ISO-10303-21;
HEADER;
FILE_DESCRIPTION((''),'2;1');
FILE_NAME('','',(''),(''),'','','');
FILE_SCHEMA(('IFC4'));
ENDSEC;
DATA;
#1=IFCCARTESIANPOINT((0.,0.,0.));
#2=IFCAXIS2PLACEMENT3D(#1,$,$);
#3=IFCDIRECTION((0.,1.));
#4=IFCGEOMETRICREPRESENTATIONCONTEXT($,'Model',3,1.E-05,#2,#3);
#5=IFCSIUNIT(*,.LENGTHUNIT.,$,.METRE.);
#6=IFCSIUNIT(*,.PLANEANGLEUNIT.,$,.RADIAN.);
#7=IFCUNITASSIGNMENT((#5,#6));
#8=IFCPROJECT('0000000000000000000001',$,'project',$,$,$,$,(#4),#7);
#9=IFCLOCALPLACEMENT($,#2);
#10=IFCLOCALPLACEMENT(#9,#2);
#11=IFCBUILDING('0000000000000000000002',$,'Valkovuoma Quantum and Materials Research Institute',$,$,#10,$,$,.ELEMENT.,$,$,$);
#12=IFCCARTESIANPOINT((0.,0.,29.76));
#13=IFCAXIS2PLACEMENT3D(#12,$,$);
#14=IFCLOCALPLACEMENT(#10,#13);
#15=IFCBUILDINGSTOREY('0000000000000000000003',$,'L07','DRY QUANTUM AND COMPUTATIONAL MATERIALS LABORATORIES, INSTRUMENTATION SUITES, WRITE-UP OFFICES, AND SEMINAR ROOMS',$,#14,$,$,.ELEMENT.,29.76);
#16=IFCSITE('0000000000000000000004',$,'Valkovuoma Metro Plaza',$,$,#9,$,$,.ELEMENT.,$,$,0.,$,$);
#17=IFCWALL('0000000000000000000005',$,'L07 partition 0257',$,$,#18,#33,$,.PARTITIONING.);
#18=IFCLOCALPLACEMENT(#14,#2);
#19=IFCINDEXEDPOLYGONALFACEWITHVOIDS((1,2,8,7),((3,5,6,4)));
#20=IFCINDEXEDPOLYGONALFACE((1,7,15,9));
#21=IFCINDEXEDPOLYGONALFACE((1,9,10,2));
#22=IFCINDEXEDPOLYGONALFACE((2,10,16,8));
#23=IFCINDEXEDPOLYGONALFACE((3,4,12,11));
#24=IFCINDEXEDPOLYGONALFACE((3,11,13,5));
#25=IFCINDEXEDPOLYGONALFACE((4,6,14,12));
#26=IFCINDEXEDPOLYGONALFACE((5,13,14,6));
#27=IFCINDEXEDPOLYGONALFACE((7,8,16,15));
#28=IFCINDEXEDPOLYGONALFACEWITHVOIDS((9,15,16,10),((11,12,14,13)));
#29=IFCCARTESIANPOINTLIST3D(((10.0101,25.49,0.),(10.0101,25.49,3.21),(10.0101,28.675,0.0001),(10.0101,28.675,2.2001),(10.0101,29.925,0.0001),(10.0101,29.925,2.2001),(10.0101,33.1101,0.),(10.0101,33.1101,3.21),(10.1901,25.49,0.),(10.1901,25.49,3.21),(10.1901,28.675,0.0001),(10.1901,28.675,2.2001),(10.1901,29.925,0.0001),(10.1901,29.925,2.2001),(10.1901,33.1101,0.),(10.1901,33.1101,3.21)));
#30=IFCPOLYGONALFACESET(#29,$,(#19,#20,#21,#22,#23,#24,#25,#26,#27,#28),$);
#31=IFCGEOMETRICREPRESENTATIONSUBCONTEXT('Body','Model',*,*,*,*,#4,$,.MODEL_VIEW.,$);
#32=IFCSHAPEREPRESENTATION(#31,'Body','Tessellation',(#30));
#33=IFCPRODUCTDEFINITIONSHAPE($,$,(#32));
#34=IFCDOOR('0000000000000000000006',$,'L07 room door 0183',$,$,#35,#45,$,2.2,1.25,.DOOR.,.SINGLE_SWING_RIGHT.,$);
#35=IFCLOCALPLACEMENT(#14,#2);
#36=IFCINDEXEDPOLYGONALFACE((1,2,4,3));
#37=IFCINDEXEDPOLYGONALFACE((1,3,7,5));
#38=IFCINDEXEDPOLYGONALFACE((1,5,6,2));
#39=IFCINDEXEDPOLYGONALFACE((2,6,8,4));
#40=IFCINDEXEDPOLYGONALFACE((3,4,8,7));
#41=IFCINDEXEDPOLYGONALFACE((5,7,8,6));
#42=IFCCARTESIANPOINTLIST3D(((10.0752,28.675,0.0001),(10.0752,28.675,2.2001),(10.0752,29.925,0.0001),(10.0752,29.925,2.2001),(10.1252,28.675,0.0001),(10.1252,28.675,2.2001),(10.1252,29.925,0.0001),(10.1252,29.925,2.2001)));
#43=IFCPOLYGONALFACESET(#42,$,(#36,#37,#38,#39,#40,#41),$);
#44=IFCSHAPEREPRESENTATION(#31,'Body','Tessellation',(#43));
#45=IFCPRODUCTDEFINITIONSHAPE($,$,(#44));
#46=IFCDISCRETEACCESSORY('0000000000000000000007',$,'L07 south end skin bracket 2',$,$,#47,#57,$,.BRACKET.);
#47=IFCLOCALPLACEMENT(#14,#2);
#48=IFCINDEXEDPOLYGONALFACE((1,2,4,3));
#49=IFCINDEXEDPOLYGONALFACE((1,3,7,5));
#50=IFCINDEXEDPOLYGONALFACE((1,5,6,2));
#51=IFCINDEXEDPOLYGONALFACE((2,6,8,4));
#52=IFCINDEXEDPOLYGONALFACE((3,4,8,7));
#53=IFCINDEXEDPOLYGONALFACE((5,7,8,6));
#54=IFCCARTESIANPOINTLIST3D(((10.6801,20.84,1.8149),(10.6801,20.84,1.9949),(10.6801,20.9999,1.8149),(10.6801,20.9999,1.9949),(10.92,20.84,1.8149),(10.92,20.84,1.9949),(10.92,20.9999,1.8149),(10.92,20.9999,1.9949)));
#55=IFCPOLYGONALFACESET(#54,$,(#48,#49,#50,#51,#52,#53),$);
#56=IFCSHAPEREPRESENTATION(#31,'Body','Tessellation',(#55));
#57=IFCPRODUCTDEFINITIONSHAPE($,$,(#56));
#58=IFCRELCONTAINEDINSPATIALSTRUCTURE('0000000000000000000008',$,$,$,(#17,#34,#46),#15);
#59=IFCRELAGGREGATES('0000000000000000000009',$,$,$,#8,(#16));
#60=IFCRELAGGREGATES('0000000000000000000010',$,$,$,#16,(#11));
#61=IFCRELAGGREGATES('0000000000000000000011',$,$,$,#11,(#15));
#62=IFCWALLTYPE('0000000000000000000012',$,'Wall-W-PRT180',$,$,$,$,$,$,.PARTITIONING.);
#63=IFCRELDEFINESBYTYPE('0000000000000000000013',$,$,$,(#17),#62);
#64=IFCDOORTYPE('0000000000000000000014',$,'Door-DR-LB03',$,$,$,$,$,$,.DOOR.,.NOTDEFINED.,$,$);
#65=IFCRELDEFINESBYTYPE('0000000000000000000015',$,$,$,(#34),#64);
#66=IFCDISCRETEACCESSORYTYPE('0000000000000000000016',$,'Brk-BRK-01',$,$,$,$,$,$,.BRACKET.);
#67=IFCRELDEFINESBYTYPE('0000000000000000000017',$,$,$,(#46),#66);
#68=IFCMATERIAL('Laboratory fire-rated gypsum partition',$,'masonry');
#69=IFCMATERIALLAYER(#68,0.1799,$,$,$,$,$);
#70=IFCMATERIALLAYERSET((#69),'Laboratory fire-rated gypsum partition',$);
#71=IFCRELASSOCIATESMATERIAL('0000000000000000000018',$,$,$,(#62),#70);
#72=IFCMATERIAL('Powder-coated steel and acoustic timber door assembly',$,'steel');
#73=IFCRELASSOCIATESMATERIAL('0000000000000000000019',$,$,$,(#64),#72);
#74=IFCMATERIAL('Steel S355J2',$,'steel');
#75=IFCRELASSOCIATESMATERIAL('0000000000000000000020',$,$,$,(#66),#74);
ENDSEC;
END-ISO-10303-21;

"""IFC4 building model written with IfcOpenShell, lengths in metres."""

from ifc_helpers import new_model, si_unit, direction, frame, frame_2d, origin, origin_2d, place, context, subcontext, project, spatial, rectangle, extrude, material, layer, layer_set, type_object, element, fill, save


model = new_model("IFC4")

# Units and contexts
model_context = context("Model", 3, precision=1e-05, world=origin(), true_north=direction((0.0, 1.0)))
body_context = subcontext(model_context, "Body", "Model", "MODEL_VIEW")
ifc_project = project(units=[si_unit("LENGTHUNIT", "METRE"), si_unit("PLANEANGLEUNIT", "RADIAN")], contexts=[model_context])

# Site, building, storey
site_placement = place(None, origin())
site = spatial("IfcSite", under=ifc_project, at=site_placement, Name="Valkovuoma Metro Plaza", CompositionType="ELEMENT", RefElevation=0.0)
building_placement = place(site_placement, origin())
building = spatial("IfcBuilding", under=site, at=building_placement, Name="Valkovuoma Quantum and Materials Research Institute", CompositionType="ELEMENT")
storey_placement = place(building_placement, frame((0.0, 0.0, 29.76)))
storey = spatial("IfcBuildingStorey", under=building, at=storey_placement, Name="L07", Description="DRY QUANTUM AND COMPUTATIONAL MATERIALS LABORATORIES, INSTRUMENTATION SUITES, WRITE-UP OFFICES, AND SEMINAR ROOMS", CompositionType="ELEMENT", Elevation=29.76)

# Wall, opening, door
ifc_material_1 = material(Name="Laboratory fire-rated gypsum partition", Category="masonry")
ifc_layer_1 = layer(ifc_material_1, 0.1799)
ifc_layer_set_1 = layer_set([ifc_layer_1], Name="Laboratory fire-rated gypsum partition")
wall_type = type_object("IfcWallType", Name="Wall-W-PRT180", PredefinedType="PARTITIONING", material=ifc_layer_set_1)
wall_placement = place(storey_placement, frame((10.1001, 25.49, 0.0), z_axis=(0.0, 0.0, 1.0), x_axis=(0.0, 1.0, 0.0)))
wall = element("IfcWall", 1, at=wall_placement, inside=storey, type_object=wall_type, Name="L07 partition 0257", PredefinedType="PARTITIONING", context=body_context, shape_type="SweptSolid", body=[
    extrude(rectangle(XDim=7.6201, YDim=0.1799, at=frame_2d((3.8101, 0.0))), origin(), (0.0, 0.0, 1.0), 3.21),
])
opening_placement = place(wall_placement, frame((3.1851, 0.0, 0.0)))
opening = element("IfcOpeningElement", 2, at=opening_placement, cuts=wall, PredefinedType="OPENING", context=body_context, shape_type="SweptSolid", body=[
    extrude(rectangle(XDim=1.25, YDim=2.2, at=frame_2d((0.625, 1.1001))), frame((0.0, 0.1001, 0.0), z_axis=(0.0, -1.0, 0.0), x_axis=(1.0, 0.0, 0.0)), (0.0, 0.0, 1.0), 0.2),
])
ifc_material_2 = material(Name="Powder-coated steel and acoustic timber door assembly", Category="steel")
door_type = type_object("IfcDoorType", Name="Door-DR-LB03", OperationType="NOTDEFINED", PredefinedType="DOOR", material=ifc_material_2)
door_placement = place(opening_placement, origin())
door = element("IfcDoor", 3, at=door_placement, inside=storey, type_object=door_type, Name="L07 room door 0183", OperationType="SINGLE_SWING_RIGHT", OverallHeight=2.2, OverallWidth=1.25, PredefinedType="DOOR", context=body_context, shape_type="SweptSolid", body=[
    extrude(rectangle(XDim=1.25, YDim=2.2, at=frame_2d((0.625, 1.1001))), frame((0.0, 0.0249, 0.0), z_axis=(0.0, -1.0, 0.0), x_axis=(1.0, 0.0, 0.0)), (0.0, 0.0, 1.0), 0.05),
])
fill(opening, door)

# Discrete accessory
ifc_material_3 = material(Name="Steel S355J2", Category="steel")
discrete_accessory_type = type_object("IfcDiscreteAccessoryType", Name="Brk-BRK-01", PredefinedType="BRACKET", material=ifc_material_3)
discrete_accessory_placement = place(storey_placement, frame((10.8, 20.9199, 1.8149), z_axis=(0.0, 0.0, 1.0), x_axis=(0.0, 1.0, 0.0)))
element("IfcDiscreteAccessory", 4, at=discrete_accessory_placement, inside=storey, type_object=discrete_accessory_type, Name="L07 south end skin bracket 2", PredefinedType="BRACKET", context=body_context, shape_type="SweptSolid", body=[
    extrude(rectangle(XDim=0.1599, YDim=0.24, at=origin_2d()), origin(), (0.0, 0.0, 1.0), 0.1799),
])

save(model, "model.ifc")
